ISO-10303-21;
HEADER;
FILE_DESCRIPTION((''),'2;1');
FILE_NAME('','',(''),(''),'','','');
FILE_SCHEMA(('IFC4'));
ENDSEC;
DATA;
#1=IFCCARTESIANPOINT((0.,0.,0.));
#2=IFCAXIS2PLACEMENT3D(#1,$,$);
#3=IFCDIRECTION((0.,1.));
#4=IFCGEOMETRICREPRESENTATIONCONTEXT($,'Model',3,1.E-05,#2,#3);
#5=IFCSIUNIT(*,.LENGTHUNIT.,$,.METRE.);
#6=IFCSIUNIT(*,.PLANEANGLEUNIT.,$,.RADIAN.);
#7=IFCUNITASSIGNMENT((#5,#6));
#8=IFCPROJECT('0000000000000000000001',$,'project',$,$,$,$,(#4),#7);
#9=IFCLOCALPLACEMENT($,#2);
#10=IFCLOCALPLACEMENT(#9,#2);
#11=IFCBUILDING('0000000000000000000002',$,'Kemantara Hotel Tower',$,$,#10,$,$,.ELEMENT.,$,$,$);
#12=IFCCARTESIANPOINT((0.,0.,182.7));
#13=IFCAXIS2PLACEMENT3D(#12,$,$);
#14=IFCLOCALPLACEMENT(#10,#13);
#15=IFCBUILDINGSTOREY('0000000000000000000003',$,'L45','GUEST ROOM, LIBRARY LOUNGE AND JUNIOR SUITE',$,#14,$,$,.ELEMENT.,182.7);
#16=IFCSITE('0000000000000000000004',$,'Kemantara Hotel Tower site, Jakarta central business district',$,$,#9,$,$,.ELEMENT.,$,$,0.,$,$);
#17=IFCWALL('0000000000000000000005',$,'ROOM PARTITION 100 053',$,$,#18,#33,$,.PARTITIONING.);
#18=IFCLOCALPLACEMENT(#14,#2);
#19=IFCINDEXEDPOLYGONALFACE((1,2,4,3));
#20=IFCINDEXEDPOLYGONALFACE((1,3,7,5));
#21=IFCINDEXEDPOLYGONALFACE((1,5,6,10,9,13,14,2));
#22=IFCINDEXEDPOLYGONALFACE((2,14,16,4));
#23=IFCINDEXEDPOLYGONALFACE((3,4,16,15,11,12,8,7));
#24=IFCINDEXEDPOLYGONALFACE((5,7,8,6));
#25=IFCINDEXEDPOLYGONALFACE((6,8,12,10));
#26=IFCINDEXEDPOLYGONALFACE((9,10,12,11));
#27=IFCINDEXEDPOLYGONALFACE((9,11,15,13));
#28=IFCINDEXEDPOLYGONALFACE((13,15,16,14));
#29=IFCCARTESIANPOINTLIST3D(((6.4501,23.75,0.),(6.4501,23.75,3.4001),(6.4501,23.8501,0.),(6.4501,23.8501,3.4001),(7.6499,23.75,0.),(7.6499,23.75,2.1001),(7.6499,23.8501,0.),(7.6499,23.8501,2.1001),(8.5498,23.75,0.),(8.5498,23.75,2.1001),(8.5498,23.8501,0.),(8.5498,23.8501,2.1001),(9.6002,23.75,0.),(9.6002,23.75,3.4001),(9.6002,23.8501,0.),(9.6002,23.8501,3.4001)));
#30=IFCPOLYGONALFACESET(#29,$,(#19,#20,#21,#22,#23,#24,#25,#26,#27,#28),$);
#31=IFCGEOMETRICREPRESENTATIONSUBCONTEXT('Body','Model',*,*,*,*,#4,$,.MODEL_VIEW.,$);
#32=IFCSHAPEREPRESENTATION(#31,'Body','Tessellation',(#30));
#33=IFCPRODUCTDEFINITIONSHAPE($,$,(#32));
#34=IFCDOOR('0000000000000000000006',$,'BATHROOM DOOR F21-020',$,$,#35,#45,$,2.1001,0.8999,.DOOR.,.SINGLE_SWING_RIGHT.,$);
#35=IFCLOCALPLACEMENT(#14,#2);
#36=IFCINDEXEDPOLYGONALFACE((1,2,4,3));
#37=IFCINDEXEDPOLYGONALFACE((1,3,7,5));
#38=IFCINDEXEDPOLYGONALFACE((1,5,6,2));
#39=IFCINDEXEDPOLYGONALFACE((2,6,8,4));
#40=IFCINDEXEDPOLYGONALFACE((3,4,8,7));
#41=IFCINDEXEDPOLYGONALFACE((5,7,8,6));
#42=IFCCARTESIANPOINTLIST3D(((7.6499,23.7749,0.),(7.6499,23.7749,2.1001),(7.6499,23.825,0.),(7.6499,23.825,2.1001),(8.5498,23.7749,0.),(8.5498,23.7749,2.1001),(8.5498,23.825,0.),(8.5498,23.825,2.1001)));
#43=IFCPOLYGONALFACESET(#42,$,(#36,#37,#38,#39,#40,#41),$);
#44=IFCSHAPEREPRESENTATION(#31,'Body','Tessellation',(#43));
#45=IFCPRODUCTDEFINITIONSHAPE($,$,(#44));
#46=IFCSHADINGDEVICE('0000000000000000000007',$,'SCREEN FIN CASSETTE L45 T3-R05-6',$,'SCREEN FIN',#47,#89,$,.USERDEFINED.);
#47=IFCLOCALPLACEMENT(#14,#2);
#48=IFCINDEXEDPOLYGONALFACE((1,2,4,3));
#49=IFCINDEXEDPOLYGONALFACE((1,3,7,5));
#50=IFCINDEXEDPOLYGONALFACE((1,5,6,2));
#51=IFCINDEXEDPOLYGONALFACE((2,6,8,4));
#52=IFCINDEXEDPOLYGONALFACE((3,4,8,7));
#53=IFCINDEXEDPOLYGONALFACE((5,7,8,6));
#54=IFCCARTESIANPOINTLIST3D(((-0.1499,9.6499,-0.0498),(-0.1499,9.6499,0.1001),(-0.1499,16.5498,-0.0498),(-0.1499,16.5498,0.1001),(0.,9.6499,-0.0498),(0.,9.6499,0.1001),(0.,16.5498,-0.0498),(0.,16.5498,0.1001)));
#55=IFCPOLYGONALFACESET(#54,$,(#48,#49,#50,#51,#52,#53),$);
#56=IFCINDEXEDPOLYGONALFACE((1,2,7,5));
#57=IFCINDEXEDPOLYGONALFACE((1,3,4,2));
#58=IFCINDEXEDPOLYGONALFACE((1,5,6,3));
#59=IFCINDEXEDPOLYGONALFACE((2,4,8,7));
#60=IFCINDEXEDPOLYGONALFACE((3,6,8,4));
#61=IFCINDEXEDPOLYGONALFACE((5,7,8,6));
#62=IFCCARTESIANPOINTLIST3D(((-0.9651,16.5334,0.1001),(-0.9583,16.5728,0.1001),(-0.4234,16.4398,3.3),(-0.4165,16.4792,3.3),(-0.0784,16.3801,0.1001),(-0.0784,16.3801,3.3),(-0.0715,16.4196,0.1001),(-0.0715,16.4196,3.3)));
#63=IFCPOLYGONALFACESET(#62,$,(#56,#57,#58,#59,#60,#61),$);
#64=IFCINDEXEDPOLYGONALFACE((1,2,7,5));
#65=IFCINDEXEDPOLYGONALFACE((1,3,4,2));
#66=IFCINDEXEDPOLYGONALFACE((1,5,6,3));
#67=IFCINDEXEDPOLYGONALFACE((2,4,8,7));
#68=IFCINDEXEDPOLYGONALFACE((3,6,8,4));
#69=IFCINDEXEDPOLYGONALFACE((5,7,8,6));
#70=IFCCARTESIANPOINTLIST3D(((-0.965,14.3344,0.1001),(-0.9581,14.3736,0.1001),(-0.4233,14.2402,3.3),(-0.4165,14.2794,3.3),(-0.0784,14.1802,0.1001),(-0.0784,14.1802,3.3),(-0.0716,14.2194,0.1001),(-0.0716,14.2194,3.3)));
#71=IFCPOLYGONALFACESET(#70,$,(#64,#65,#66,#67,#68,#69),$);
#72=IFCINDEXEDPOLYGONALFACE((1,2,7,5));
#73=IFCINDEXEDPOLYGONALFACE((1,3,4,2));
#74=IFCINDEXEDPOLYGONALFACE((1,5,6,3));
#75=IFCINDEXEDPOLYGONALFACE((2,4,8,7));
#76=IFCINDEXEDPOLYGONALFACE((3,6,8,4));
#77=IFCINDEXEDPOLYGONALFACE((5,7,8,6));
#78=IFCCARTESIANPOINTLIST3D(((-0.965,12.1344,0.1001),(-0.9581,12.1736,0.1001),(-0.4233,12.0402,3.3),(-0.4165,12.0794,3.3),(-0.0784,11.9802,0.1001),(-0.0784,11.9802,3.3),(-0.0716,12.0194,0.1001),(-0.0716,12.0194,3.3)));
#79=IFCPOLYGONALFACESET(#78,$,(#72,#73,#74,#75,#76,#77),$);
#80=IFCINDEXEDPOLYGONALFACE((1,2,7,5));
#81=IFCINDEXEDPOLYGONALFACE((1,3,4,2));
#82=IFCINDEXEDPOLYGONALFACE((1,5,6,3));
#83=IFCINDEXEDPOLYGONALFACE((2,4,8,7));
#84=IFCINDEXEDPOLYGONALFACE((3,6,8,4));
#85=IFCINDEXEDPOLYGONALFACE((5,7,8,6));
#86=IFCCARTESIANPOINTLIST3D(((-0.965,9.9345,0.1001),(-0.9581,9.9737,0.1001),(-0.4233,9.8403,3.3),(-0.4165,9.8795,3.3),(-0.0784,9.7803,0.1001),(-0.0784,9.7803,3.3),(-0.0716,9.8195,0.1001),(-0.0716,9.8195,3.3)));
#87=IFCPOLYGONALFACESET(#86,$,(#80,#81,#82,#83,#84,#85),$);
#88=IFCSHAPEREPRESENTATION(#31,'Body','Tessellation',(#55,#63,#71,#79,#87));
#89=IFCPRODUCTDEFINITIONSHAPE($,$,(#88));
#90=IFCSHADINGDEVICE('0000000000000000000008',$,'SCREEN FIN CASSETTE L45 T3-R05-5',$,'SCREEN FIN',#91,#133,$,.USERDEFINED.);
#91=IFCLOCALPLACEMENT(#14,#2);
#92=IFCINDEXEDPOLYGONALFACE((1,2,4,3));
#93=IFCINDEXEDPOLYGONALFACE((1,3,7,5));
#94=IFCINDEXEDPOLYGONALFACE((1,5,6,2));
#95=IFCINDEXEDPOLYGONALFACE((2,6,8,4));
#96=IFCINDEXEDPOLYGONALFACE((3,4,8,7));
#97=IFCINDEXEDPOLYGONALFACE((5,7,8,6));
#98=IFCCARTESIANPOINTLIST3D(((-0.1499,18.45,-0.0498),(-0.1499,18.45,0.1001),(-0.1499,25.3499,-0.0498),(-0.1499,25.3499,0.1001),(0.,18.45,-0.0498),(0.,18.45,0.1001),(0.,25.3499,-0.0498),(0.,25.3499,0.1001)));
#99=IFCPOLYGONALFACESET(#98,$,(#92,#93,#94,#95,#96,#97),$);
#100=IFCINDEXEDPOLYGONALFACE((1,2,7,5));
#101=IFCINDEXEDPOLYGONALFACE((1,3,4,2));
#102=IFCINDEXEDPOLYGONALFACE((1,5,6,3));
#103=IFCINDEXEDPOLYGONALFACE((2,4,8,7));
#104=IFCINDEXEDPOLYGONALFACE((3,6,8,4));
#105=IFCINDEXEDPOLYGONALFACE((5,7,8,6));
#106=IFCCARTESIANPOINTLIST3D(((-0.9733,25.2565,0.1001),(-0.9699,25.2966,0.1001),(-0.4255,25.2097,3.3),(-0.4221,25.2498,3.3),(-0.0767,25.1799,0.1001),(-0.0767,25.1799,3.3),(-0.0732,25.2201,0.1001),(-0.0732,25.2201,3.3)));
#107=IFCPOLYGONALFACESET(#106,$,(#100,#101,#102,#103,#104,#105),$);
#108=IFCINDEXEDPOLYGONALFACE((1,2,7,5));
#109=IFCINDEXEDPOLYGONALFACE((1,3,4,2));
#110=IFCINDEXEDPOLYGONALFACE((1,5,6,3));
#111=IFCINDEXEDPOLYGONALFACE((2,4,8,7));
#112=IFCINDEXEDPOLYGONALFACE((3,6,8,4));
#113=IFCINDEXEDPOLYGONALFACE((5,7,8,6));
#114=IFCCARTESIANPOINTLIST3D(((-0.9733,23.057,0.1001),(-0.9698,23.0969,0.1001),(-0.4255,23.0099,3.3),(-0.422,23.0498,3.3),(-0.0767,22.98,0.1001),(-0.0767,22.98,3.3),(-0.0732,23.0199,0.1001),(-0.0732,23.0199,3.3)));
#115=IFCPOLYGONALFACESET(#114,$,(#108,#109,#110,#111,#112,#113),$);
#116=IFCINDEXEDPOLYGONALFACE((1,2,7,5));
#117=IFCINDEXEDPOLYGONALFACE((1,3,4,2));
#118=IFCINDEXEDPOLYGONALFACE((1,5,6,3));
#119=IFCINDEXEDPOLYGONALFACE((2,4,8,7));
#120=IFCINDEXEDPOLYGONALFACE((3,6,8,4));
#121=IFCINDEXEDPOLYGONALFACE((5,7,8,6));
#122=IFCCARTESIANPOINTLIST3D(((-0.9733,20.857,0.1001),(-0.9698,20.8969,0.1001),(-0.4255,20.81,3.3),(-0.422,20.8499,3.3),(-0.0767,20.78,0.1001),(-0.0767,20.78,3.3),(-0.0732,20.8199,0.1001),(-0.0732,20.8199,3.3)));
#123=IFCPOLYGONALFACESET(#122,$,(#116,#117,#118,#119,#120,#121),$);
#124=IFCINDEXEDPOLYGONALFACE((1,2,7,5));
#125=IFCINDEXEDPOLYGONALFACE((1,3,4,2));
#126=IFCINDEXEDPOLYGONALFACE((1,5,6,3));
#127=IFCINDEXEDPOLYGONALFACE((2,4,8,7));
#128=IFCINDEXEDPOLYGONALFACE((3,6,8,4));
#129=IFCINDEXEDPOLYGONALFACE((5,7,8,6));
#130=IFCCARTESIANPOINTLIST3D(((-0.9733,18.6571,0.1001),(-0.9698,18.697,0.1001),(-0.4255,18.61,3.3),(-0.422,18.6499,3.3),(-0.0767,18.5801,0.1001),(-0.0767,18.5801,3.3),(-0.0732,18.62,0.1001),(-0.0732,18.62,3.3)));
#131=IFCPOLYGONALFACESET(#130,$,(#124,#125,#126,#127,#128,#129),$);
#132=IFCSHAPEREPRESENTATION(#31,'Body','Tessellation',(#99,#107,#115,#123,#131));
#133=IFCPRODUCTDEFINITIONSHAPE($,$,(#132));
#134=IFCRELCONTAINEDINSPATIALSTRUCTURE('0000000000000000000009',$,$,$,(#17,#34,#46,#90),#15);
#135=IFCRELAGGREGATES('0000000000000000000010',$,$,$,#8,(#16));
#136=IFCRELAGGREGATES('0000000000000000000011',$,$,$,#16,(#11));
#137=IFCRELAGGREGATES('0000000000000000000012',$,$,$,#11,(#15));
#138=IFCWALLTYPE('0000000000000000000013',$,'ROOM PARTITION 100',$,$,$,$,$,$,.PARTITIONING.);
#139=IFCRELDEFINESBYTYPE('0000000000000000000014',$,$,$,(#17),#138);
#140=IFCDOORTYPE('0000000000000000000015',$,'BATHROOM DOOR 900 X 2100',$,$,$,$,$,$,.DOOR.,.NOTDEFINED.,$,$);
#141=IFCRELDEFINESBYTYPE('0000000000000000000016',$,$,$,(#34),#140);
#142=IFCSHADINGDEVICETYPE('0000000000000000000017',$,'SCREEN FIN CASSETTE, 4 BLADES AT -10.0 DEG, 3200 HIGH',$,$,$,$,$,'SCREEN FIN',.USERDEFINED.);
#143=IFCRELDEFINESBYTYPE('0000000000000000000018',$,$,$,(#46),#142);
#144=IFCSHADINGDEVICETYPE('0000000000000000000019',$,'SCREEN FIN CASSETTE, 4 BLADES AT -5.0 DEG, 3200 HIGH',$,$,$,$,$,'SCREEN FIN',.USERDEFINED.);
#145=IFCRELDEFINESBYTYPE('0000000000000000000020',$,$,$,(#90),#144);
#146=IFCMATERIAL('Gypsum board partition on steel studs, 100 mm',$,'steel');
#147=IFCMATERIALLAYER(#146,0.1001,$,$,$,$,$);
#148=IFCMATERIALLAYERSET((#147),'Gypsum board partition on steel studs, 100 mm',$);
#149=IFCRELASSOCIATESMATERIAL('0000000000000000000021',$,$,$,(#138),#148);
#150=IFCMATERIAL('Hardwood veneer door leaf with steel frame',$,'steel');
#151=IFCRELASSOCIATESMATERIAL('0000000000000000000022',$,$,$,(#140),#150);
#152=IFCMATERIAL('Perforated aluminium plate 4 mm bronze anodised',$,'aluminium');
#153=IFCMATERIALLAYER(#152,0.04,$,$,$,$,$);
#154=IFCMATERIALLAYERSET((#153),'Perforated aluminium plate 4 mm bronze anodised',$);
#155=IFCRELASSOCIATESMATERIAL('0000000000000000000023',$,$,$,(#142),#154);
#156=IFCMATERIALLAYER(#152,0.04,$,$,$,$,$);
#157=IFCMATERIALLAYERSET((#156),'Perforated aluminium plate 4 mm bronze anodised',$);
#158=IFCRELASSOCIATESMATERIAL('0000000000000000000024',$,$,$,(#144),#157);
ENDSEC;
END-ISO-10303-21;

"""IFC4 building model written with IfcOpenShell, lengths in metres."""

from ifc_helpers import new_model, si_unit, direction, frame, frame_2d, origin, origin_2d, place, context, subcontext, project, spatial, polyline, rectangle, outline, extrude, source, transform, mapped, material, layer, layer_set, type_object, element, fill, save


model = new_model("IFC4")

# Units and contexts
model_context = context("Model", 3, precision=1e-05, world=origin(), true_north=direction((0.0, 1.0)))
body_context = subcontext(model_context, "Body", "Model", "MODEL_VIEW")
ifc_project = project(units=[si_unit("LENGTHUNIT", "METRE"), si_unit("PLANEANGLEUNIT", "RADIAN")], contexts=[model_context])

# Site, building, storey
site_placement = place(None, origin())
site = spatial("IfcSite", under=ifc_project, at=site_placement, Name="Kemantara Hotel Tower site, Jakarta central business district", CompositionType="ELEMENT", RefElevation=0.0)
building_placement = place(site_placement, origin())
building = spatial("IfcBuilding", under=site, at=building_placement, Name="Kemantara Hotel Tower", CompositionType="ELEMENT")
storey_placement = place(building_placement, frame((0.0, 0.0, 182.7)))
storey = spatial("IfcBuildingStorey", under=building, at=storey_placement, Name="L45", Description="GUEST ROOM, LIBRARY LOUNGE AND JUNIOR SUITE", CompositionType="ELEMENT", Elevation=182.7)

# Shared definitions
ifc_material_1 = material(Name="Gypsum board partition on steel studs, 100 mm", Category="steel")
ifc_layer_1 = layer(ifc_material_1, 0.1001)
ifc_layer_set_1 = layer_set([ifc_layer_1], Name="Gypsum board partition on steel studs, 100 mm")
wall_type_1 = type_object("IfcWallType", Name="ROOM PARTITION 100", PredefinedType="PARTITIONING", material=ifc_layer_set_1)

# Wall, opening, door
wall_1_placement = place(storey_placement, frame((6.45, 23.8, 0.0), z_axis=(0.0, 0.0, 1.0), x_axis=(1.0, 0.0, 0.0)))
wall_1 = element("IfcWall", 1, at=wall_1_placement, inside=storey, type_object=wall_type_1, Name="ROOM PARTITION 100 053", PredefinedType="PARTITIONING", context=body_context, shape_type="SweptSolid", body=[
    extrude(rectangle(XDim=3.1501, YDim=0.1001, at=frame_2d((1.5752, 0.0))), origin(), (0.0, 0.0, 1.0), 3.4001),
])
opening_placement = place(wall_1_placement, frame((1.2, 0.0, 0.0)))
opening = element("IfcOpeningElement", 2, at=opening_placement, cuts=wall_1, PredefinedType="OPENING", context=body_context, shape_type="SweptSolid", body=[
    extrude(rectangle(XDim=0.8999, YDim=2.1001, at=frame_2d((0.45, 1.05))), frame((0.0, 0.0601, 0.0), z_axis=(0.0, -1.0, 0.0), x_axis=(1.0, 0.0, 0.0)), (0.0, 0.0, 1.0), 0.1201),
])
ifc_material_2 = material(Name="Hardwood veneer door leaf with steel frame", Category="steel")
door_type = type_object("IfcDoorType", Name="BATHROOM DOOR 900 X 2100", OperationType="NOTDEFINED", PredefinedType="DOOR", material=ifc_material_2)
door_placement = place(opening_placement, origin())
door = element("IfcDoor", 3, at=door_placement, inside=storey, type_object=door_type, Name="BATHROOM DOOR F21-020", OperationType="SINGLE_SWING_RIGHT", OverallHeight=2.1001, OverallWidth=0.8999, PredefinedType="DOOR", context=body_context, shape_type="SweptSolid", body=[
    extrude(rectangle(XDim=0.8999, YDim=2.1001, at=frame_2d((0.45, 1.05))), frame((0.0, 0.0249, 0.0), z_axis=(0.0, -1.0, 0.0), x_axis=(1.0, 0.0, 0.0)), (0.0, 0.0, 1.0), 0.05),
])
fill(opening, door)

# Shading devices
ifc_material_3 = material(Name="Perforated aluminium plate 4 mm bronze anodised", Category="aluminium")
ifc_layer_2 = layer(ifc_material_3, 0.04)
ifc_layer_set_2 = layer_set([ifc_layer_2], Name="Perforated aluminium plate 4 mm bronze anodised")
shading_device_type_1 = type_object("IfcShadingDeviceType", Name="SCREEN FIN CASSETTE, 4 BLADES AT -10.0 DEG, 3200 HIGH", ElementType="SCREEN FIN", PredefinedType="USERDEFINED", material=ifc_layer_set_2)
shared_shape_1 = source(origin(), body_context, "Body", "SweptSolid", [
    extrude(rectangle(XDim=6.8999, YDim=0.1499, at=origin_2d()), frame((3.3, -0.075, -0.1499), z_axis=(0.0, 0.0, 1.0), x_axis=(1.0, 0.0, 0.0)), (0.0, 0.0, 1.0), 0.1499),
    extrude(outline(polyline([(0.0, 0.0), (0.8999, 0.0), (0.3501, 3.2), (0.0, 3.2), (0.0, 0.0)])), frame((0.0198, -0.0784, 0.0), z_axis=(-0.98539, 0.170314, 0.0), x_axis=(-0.170314, -0.98539, 0.0)), (0.0, 0.0, 1.0), 0.04),
    extrude(outline(polyline([(0.0, 0.0), (0.8999, 0.0), (0.3501, 3.2), (0.0, 3.2), (0.0, 0.0)])), frame((2.2197, -0.0784, 0.0), z_axis=(-0.985212, 0.171341, 0.0), x_axis=(-0.171341, -0.985212, 0.0)), (0.0, 0.0, 1.0), 0.0398),
    extrude(outline(polyline([(0.0, 0.0), (0.8999, 0.0), (0.3501, 3.2), (0.0, 3.2), (0.0, 0.0)])), frame((4.4197, -0.0784, 0.0), z_axis=(-0.985212, 0.171341, 0.0), x_axis=(-0.171341, -0.985212, 0.0)), (0.0, 0.0, 1.0), 0.0398),
    extrude(outline(polyline([(0.0, 0.0), (0.8999, 0.0), (0.3501, 3.2), (0.0, 3.2), (0.0, 0.0)])), frame((6.6196, -0.0784, 0.0), z_axis=(-0.985212, 0.171341, 0.0), x_axis=(-0.171341, -0.985212, 0.0)), (0.0, 0.0, 1.0), 0.0398),
])
shading_device_1_placement = place(storey_placement, frame((0.0, 16.3999, 0.1001), z_axis=(0.0, 0.0, 1.0), x_axis=(0.0, -1.0, 0.0)))
element("IfcShadingDevice", 4, at=shading_device_1_placement, inside=storey, type_object=shading_device_type_1, Name="SCREEN FIN CASSETTE L45 T3-R05-6", ObjectType="SCREEN FIN", PredefinedType="USERDEFINED", context=body_context, shape_type="MappedRepresentation", body=[
    mapped(shared_shape_1, transform((0.0, 0.0, 0.0))),
])
ifc_layer_3 = layer(ifc_material_3, 0.04)
ifc_layer_set_3 = layer_set([ifc_layer_3], Name="Perforated aluminium plate 4 mm bronze anodised")
shading_device_type_2 = type_object("IfcShadingDeviceType", Name="SCREEN FIN CASSETTE, 4 BLADES AT -5.0 DEG, 3200 HIGH", ElementType="SCREEN FIN", PredefinedType="USERDEFINED", material=ifc_layer_set_3)
shared_shape_2 = source(origin(), body_context, "Body", "SweptSolid", [
    extrude(rectangle(XDim=6.8999, YDim=0.1499, at=origin_2d()), frame((3.3, -0.075, -0.1499), z_axis=(0.0, 0.0, 1.0), x_axis=(1.0, 0.0, 0.0)), (0.0, 0.0, 1.0), 0.1499),
    extrude(outline(polyline([(0.0, 0.0), (0.8999, 0.0), (0.3501, 3.2), (0.0, 3.2), (0.0, 0.0)])), frame((0.02, -0.0767, 0.0), z_axis=(-0.996376, 0.085056, 0.0), x_axis=(-0.085056, -0.996376, 0.0)), (0.0, 0.0, 1.0), 0.0403),
    extrude(outline(polyline([(0.0, 0.0), (0.8999, 0.0), (0.3501, 3.2), (0.0, 3.2), (0.0, 0.0)])), frame((2.22, -0.0767, 0.0), z_axis=(-0.996332, 0.085575, 0.0), x_axis=(-0.085575, -0.996332, 0.0)), (0.0, 0.0, 1.0), 0.04),
    extrude(outline(polyline([(0.0, 0.0), (0.8999, 0.0), (0.3501, 3.2), (0.0, 3.2), (0.0, 0.0)])), frame((4.4199, -0.0767, 0.0), z_axis=(-0.996332, 0.085575, 0.0), x_axis=(-0.085575, -0.996332, 0.0)), (0.0, 0.0, 1.0), 0.04),
    extrude(outline(polyline([(0.0, 0.0), (0.8999, 0.0), (0.3501, 3.2), (0.0, 3.2), (0.0, 0.0)])), frame((6.6199, -0.0767, 0.0), z_axis=(-0.996332, 0.085575, 0.0), x_axis=(-0.085575, -0.996332, 0.0)), (0.0, 0.0, 1.0), 0.04),
])
shading_device_2_placement = place(storey_placement, frame((0.0, 25.2, 0.1001), z_axis=(0.0, 0.0, 1.0), x_axis=(0.0, -1.0, 0.0)))
element("IfcShadingDevice", 5, at=shading_device_2_placement, inside=storey, type_object=shading_device_type_2, Name="SCREEN FIN CASSETTE L45 T3-R05-5", ObjectType="SCREEN FIN", PredefinedType="USERDEFINED", context=body_context, shape_type="MappedRepresentation", body=[
    mapped(shared_shape_2, transform((0.0, 0.0, 0.0))),
])

save(model, "model.ifc")
